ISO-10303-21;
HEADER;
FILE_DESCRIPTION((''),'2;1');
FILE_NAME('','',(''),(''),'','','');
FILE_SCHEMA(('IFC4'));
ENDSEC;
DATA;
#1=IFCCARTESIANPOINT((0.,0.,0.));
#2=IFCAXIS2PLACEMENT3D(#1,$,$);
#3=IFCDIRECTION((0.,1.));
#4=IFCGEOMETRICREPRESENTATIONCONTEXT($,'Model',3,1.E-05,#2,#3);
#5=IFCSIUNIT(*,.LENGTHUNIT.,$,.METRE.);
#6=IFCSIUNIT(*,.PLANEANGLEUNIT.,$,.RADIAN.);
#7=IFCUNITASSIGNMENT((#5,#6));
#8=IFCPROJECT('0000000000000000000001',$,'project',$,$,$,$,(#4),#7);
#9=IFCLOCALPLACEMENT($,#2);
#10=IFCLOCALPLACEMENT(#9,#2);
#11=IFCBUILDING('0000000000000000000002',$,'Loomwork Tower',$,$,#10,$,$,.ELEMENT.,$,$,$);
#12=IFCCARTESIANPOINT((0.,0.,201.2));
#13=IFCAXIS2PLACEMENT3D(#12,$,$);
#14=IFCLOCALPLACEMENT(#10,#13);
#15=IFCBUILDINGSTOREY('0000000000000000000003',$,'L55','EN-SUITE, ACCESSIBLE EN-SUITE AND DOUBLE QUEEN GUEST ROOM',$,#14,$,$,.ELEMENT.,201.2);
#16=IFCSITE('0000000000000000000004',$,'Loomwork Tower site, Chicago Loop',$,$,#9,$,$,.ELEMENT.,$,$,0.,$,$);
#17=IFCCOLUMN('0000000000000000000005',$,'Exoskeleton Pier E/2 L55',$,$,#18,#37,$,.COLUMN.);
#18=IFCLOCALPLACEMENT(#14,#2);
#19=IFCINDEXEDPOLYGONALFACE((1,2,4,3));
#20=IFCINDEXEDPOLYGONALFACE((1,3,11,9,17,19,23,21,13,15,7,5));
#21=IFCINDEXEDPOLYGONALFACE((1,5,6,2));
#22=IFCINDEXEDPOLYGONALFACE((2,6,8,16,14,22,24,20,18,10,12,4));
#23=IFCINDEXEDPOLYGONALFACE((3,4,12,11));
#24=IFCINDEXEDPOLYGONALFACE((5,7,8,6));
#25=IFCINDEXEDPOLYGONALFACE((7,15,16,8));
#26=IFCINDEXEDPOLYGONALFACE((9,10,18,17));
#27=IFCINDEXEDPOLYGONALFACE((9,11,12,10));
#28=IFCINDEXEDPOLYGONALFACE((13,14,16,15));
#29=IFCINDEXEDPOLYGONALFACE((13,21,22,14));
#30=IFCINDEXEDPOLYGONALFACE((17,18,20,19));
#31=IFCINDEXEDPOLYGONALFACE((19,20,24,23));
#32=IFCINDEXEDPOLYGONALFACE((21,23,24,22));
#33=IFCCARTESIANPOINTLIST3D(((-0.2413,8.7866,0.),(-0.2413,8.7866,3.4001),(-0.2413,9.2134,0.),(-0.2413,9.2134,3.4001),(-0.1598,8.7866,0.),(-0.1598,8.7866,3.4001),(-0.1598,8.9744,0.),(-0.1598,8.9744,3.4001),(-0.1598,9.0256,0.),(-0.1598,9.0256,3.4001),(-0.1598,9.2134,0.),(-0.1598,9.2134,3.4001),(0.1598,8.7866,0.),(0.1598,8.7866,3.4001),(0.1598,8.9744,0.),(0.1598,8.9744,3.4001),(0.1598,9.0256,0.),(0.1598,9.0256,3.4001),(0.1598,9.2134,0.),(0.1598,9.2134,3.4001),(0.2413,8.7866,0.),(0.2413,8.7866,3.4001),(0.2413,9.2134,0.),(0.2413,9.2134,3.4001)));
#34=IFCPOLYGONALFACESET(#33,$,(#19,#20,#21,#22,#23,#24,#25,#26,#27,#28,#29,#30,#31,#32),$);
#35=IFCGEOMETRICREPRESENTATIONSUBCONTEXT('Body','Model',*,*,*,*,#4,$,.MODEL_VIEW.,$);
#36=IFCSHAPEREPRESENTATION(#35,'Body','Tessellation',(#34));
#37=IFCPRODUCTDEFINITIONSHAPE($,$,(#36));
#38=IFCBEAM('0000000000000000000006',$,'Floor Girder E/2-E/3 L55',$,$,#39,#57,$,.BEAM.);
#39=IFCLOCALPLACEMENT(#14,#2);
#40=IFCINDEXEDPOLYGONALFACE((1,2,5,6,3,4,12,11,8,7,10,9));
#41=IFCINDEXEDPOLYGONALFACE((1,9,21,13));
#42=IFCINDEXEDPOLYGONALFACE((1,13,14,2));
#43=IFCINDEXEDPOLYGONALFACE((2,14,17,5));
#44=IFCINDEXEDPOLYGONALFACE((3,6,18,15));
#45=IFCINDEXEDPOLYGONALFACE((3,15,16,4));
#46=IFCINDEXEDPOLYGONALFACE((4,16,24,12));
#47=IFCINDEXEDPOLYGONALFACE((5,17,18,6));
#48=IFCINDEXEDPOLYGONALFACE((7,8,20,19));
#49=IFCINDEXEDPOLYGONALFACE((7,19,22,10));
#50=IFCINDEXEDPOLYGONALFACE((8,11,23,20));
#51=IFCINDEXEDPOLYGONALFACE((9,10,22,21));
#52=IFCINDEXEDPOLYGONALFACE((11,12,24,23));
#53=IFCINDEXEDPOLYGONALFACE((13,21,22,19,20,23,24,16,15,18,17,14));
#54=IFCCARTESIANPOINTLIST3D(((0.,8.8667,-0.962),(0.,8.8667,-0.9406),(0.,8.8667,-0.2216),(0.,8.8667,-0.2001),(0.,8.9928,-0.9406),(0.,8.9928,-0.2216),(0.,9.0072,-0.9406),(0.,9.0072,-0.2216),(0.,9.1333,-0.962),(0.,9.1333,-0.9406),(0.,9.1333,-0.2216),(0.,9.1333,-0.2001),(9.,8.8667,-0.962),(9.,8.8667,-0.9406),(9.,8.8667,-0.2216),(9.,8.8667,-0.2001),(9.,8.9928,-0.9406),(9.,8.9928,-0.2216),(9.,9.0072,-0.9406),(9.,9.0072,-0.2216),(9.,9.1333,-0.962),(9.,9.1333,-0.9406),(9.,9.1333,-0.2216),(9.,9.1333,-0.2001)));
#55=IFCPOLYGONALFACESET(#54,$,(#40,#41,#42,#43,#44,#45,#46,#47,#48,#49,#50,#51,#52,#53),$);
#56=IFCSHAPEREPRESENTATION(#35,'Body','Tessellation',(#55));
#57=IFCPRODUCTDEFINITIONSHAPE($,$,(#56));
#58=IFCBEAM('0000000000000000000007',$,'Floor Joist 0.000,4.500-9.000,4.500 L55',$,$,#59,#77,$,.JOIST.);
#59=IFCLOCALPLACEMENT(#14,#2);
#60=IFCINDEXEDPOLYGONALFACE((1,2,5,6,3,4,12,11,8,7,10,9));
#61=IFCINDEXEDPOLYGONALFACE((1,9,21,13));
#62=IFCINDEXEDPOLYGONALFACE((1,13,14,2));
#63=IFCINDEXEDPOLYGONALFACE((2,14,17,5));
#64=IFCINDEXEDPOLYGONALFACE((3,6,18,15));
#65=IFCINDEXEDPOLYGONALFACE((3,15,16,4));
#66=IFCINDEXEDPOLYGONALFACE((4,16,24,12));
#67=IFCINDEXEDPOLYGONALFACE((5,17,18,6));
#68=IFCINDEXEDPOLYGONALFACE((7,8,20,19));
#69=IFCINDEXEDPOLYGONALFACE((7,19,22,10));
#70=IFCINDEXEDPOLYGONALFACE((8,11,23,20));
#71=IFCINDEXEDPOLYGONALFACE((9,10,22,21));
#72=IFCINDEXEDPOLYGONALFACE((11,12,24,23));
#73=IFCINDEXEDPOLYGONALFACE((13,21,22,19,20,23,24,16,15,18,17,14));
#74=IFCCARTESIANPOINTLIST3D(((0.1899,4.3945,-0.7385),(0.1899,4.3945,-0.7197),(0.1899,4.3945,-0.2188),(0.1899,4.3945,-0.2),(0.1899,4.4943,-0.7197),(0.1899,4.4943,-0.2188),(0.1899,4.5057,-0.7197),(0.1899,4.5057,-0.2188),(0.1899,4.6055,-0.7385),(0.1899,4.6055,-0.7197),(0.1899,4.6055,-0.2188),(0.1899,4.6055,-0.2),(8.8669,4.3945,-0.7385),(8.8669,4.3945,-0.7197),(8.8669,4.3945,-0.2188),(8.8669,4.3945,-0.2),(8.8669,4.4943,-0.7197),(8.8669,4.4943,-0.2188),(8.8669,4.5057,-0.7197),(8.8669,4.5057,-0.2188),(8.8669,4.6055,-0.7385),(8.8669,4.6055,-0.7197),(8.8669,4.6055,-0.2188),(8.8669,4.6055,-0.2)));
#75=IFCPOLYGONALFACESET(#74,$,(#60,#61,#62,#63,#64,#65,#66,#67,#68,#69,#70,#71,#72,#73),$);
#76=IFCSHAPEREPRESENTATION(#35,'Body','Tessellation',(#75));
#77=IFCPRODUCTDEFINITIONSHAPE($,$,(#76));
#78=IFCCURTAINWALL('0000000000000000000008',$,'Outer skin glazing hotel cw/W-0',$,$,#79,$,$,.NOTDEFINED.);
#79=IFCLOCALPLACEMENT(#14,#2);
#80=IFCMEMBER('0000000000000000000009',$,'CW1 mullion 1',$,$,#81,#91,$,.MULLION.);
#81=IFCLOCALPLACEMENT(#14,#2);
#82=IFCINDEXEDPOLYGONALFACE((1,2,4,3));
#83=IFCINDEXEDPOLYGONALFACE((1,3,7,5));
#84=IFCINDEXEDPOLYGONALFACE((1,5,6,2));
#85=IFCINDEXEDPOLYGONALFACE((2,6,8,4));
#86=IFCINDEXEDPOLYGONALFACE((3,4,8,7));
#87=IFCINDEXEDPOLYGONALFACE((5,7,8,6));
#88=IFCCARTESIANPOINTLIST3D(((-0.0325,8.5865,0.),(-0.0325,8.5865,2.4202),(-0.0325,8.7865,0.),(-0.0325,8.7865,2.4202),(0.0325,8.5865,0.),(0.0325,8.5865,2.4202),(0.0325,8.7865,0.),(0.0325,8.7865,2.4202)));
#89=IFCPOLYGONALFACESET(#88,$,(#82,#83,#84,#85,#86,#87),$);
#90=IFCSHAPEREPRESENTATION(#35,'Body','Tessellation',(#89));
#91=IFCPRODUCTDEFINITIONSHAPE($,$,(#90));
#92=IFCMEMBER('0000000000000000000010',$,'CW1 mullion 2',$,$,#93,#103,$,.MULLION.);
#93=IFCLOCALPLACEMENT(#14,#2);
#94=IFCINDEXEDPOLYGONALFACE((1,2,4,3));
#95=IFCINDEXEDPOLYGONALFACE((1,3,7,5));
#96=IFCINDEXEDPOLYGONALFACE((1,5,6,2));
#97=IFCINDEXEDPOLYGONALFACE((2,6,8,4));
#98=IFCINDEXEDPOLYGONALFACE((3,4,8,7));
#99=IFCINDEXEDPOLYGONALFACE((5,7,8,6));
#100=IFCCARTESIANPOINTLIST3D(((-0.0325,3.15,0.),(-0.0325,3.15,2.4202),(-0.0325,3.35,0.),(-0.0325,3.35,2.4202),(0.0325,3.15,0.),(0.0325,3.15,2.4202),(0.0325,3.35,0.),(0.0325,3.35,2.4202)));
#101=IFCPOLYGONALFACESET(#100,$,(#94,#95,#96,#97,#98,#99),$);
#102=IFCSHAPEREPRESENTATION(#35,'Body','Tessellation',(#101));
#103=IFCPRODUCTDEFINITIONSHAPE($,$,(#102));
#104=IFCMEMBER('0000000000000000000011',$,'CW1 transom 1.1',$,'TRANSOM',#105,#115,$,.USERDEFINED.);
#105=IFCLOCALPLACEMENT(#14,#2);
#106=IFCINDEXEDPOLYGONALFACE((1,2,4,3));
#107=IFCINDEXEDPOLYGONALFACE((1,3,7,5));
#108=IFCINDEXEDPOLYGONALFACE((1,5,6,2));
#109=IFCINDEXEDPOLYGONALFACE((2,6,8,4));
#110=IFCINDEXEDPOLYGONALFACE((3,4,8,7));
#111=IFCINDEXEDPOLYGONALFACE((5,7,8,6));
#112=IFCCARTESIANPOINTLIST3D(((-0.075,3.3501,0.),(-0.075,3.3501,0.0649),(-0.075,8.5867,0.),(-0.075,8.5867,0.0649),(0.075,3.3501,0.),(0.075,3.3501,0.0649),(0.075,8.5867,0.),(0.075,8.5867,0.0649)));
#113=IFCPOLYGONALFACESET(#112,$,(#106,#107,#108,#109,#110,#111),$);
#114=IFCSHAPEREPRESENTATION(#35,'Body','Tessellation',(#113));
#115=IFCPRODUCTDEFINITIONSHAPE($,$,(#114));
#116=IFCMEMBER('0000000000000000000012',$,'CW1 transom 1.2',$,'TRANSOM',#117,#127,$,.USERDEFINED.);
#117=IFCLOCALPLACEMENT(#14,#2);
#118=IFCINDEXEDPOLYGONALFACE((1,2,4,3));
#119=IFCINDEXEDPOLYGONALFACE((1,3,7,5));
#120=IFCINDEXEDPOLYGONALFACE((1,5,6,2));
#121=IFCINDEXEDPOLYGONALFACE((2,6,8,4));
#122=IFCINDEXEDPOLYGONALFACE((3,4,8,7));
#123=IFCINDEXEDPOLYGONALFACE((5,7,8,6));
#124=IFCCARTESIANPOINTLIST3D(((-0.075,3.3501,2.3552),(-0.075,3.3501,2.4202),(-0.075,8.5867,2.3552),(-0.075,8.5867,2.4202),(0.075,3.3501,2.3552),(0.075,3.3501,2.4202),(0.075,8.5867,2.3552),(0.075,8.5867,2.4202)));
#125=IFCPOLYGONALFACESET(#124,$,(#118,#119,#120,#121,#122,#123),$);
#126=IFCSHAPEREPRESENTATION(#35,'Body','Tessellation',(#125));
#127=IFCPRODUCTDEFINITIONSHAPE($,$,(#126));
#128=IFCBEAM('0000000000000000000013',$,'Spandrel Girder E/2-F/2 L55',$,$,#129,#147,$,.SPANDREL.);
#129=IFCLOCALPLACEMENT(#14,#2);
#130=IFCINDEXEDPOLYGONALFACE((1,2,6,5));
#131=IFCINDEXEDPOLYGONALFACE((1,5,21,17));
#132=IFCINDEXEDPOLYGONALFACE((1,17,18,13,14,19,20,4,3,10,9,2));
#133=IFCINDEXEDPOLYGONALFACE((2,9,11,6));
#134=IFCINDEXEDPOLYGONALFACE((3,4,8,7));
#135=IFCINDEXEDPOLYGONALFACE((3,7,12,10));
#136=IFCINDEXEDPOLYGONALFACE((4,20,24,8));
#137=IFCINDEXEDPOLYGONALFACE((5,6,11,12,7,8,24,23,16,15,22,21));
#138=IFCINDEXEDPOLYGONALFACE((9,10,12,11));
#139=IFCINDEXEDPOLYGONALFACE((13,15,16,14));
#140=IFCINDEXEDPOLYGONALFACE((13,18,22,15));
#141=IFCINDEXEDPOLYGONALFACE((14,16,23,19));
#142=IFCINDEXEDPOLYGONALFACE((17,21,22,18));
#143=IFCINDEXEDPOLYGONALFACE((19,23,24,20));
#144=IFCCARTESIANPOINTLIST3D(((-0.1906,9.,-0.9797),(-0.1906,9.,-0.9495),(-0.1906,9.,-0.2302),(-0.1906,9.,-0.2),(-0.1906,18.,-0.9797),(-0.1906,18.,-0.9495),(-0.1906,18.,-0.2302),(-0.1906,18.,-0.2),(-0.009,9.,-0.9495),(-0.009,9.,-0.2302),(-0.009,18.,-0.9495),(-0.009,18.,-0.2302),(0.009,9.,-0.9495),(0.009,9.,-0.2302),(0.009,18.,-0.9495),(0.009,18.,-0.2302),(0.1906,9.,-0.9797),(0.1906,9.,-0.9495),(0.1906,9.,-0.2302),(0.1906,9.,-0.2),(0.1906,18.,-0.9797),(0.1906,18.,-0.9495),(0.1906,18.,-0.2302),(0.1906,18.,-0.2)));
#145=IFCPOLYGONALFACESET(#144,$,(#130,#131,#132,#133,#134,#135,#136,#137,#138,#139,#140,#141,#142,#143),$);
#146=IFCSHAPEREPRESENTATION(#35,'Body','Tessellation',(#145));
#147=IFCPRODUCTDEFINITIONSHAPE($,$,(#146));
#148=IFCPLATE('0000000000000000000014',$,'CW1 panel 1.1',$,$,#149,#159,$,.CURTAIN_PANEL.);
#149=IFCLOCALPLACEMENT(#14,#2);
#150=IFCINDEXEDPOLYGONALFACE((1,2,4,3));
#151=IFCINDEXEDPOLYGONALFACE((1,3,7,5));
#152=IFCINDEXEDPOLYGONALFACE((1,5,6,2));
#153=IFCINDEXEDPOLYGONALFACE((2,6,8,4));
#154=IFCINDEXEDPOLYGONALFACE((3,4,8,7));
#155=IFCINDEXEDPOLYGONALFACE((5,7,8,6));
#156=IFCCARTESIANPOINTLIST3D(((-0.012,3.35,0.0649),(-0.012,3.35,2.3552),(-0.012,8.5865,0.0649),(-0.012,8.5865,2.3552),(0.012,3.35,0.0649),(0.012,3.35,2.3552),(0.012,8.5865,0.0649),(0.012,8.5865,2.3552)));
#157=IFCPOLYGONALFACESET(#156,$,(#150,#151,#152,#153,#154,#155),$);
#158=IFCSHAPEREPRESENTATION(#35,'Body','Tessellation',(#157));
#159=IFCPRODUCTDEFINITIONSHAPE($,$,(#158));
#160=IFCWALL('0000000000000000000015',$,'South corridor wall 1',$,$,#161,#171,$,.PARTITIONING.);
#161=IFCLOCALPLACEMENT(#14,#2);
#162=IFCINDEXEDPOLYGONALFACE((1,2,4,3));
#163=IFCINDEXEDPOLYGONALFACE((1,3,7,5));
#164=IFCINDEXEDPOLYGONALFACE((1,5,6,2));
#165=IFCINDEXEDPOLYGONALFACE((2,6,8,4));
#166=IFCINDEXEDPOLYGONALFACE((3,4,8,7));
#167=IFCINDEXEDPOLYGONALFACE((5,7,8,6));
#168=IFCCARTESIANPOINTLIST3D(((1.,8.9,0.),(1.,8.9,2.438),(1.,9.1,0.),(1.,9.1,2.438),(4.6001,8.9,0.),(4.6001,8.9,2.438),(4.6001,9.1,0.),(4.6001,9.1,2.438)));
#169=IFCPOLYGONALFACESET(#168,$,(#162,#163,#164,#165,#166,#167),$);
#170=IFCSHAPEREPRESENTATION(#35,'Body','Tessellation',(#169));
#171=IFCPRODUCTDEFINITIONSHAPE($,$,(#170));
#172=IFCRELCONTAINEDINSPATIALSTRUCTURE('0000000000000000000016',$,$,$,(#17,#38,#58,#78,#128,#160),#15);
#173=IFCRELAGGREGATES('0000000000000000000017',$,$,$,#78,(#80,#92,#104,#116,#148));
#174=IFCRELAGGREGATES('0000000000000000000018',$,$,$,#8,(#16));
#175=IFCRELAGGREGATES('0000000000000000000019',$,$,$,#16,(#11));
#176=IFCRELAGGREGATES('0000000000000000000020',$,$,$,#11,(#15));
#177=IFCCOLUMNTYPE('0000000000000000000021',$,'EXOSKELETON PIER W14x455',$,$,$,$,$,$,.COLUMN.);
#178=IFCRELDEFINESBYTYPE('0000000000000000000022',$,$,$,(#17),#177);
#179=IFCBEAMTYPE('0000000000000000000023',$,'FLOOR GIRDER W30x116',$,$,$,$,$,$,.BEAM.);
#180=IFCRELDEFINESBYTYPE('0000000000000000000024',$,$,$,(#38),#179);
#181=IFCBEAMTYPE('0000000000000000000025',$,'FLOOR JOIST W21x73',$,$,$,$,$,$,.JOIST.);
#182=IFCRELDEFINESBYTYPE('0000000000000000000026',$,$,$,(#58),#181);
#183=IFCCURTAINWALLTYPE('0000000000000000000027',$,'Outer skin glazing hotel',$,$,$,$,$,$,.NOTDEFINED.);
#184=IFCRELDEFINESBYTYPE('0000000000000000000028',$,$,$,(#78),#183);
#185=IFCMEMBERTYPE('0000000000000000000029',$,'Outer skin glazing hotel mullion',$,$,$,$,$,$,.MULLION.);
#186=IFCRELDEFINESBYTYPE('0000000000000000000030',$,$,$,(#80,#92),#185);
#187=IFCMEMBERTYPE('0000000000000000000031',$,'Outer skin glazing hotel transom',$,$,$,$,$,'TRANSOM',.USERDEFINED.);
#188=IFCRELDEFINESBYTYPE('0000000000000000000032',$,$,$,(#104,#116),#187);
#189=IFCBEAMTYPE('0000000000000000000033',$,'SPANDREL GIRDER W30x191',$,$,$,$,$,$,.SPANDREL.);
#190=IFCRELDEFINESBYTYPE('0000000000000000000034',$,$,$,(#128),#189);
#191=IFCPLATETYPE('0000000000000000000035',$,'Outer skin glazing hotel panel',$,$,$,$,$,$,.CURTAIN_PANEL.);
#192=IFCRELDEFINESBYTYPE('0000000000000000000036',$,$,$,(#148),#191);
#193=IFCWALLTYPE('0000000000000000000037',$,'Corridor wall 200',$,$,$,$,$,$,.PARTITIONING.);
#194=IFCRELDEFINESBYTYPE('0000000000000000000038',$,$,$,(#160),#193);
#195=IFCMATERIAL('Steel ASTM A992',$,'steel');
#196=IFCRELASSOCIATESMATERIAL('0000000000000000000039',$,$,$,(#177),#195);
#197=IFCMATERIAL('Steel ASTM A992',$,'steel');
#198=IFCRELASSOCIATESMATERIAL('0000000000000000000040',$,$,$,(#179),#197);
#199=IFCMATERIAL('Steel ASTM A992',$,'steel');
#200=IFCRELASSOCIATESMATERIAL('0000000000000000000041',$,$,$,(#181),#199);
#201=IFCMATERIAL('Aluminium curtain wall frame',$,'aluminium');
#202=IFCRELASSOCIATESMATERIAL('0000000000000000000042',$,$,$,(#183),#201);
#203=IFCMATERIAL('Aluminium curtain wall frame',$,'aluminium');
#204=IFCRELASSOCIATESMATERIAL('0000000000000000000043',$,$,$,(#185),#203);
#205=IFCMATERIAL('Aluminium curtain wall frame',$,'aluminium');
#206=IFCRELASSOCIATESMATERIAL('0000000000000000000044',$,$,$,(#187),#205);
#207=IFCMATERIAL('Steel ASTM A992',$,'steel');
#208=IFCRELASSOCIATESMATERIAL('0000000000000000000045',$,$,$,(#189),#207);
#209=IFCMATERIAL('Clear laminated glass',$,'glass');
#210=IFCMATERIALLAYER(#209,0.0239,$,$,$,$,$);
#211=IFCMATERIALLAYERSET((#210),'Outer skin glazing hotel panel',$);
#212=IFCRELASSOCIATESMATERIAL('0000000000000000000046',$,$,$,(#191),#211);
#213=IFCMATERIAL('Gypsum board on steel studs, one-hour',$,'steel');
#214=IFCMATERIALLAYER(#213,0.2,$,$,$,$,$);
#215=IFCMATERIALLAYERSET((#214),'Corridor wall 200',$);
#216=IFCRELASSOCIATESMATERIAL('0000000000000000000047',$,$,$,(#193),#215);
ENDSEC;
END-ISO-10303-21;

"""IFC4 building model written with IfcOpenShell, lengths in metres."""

from ifc_helpers import new_model, si_unit, direction, frame, frame_2d, origin, origin_2d, place, context, subcontext, project, spatial, rectangle, i_section, extrude, material, layer, layer_set, material_profile, profile_set, type_object, element, aggregate, save


model = new_model("IFC4")

# Units and contexts
model_context = context("Model", 3, precision=1e-05, world=origin(), true_north=direction((0.0, 1.0)))
body_context = subcontext(model_context, "Body", "Model", "MODEL_VIEW")
ifc_project = project(units=[si_unit("LENGTHUNIT", "METRE"), si_unit("PLANEANGLEUNIT", "RADIAN")], contexts=[model_context])

# Site, building, storey
site_placement = place(None, origin())
site = spatial("IfcSite", under=ifc_project, at=site_placement, Name="Loomwork Tower site, Chicago Loop", CompositionType="ELEMENT", RefElevation=0.0)
building_placement = place(site_placement, origin())
building = spatial("IfcBuilding", under=site, at=building_placement, Name="Loomwork Tower", CompositionType="ELEMENT")
storey_placement = place(building_placement, frame((0.0, 0.0, 201.2)))
storey = spatial("IfcBuildingStorey", under=building, at=storey_placement, Name="L55", Description="EN-SUITE, ACCESSIBLE EN-SUITE AND DOUBLE QUEEN GUEST ROOM", CompositionType="ELEMENT", Elevation=201.2)

# Column
ifc_material_1 = material(Name="Steel ASTM A992", Category="steel")
ifc_material_profile_1 = material_profile(ifc_material_1, i_section(OverallWidth=0.4268, OverallDepth=0.4827, WebThickness=0.0513, FlangeThickness=0.0815, at=origin_2d()), Name="W14x455")
ifc_profile_set_1 = profile_set([ifc_material_profile_1], Name="Steel ASTM A992")
column_type = type_object("IfcColumnType", Name="EXOSKELETON PIER W14x455", PredefinedType="COLUMN", material=ifc_profile_set_1)
column_placement = place(storey_placement, frame((0.0, 9.0, 0.0), z_axis=(0.0, 0.0, 1.0), x_axis=(0.0, 1.0, 0.0)))
element("IfcColumn", 1, at=column_placement, inside=storey, type_object=column_type, Name="Exoskeleton Pier E/2 L55", PredefinedType="COLUMN", context=body_context, shape_type="SweptSolid", body=[
    extrude(i_section(OverallWidth=0.4268, OverallDepth=0.4827, WebThickness=0.0513, FlangeThickness=0.0815, at=origin_2d()), origin(), (0.0, 0.0, 1.0), 3.4001),
])

# Beams
ifc_material_2 = material(Name="Steel ASTM A992", Category="steel")
ifc_material_profile_2 = material_profile(ifc_material_2, i_section(OverallWidth=0.2666, OverallDepth=0.762, WebThickness=0.0144, FlangeThickness=0.0215, at=origin_2d()), Name="W30x116")
ifc_profile_set_2 = profile_set([ifc_material_profile_2], Name="Steel ASTM A992")
beam_type_1 = type_object("IfcBeamType", Name="FLOOR GIRDER W30x116", PredefinedType="BEAM", material=ifc_profile_set_2)
beam_1_placement = place(storey_placement, frame((0.0, 9.0, -0.5811), z_axis=(1.0, 0.0, 0.0), x_axis=(0.0, 1.0, 0.0)))
element("IfcBeam", 2, at=beam_1_placement, inside=storey, type_object=beam_type_1, Name="Floor Girder E/2-E/3 L55", PredefinedType="BEAM", context=body_context, shape_type="SweptSolid", body=[
    extrude(i_section(OverallWidth=0.2666, OverallDepth=0.762, WebThickness=0.0144, FlangeThickness=0.0215, at=origin_2d()), origin(), (0.0, 0.0, 1.0), 9.0),
])
ifc_material_3 = material(Name="Steel ASTM A992", Category="steel")
ifc_material_profile_3 = material_profile(ifc_material_3, i_section(OverallWidth=0.2109, OverallDepth=0.5386, WebThickness=0.0115, FlangeThickness=0.0188, at=origin_2d()), Name="W21x73")
ifc_profile_set_3 = profile_set([ifc_material_profile_3], Name="Steel ASTM A992")
beam_type_2 = type_object("IfcBeamType", Name="FLOOR JOIST W21x73", PredefinedType="JOIST", material=ifc_profile_set_3)
beam_2_placement = place(storey_placement, frame((0.1899, 4.5, -0.4692), z_axis=(1.0, 0.0, 0.0), x_axis=(0.0, 1.0, 0.0)))
element("IfcBeam", 3, at=beam_2_placement, inside=storey, type_object=beam_type_2, Name="Floor Joist 0.000,4.500-9.000,4.500 L55", PredefinedType="JOIST", context=body_context, shape_type="SweptSolid", body=[
    extrude(i_section(OverallWidth=0.2109, OverallDepth=0.5386, WebThickness=0.0115, FlangeThickness=0.0188, at=origin_2d()), origin(), (0.0, 0.0, 1.0), 8.677),
])

# Curtain wall, members
ifc_material_4 = material(Name="Aluminium curtain wall frame", Category="aluminium")
curtain_wall_type = type_object("IfcCurtainWallType", Name="Outer skin glazing hotel", PredefinedType="NOTDEFINED", material=ifc_material_4)
curtain_wall_placement = place(storey_placement, origin())
curtain_wall = element("IfcCurtainWall", 4, at=curtain_wall_placement, inside=storey, type_object=curtain_wall_type, Name="Outer skin glazing hotel cw/W-0", PredefinedType="NOTDEFINED")
ifc_material_5 = material(Name="Aluminium curtain wall frame", Category="aluminium")
ifc_material_profile_4 = material_profile(ifc_material_5, rectangle(XDim=0.0649, YDim=0.2, at=origin_2d()), Name="AL 65x200")
ifc_profile_set_4 = profile_set([ifc_material_profile_4], Name="Aluminium curtain wall frame")
member_type_1 = type_object("IfcMemberType", Name="Outer skin glazing hotel mullion", PredefinedType="MULLION", material=ifc_profile_set_4)
member_1_placement = place(storey_placement, frame((0.0, 8.6865, 0.0), z_axis=(0.0, 0.0, 1.0), x_axis=(1.0, 0.0, 0.0)))
member_1 = element("IfcMember", 5, at=member_1_placement, type_object=member_type_1, Name="CW1 mullion 1", PredefinedType="MULLION", context=body_context, shape_type="SweptSolid", body=[
    extrude(rectangle(XDim=0.0649, YDim=0.2, at=origin_2d()), origin(), (0.0, 0.0, 1.0), 2.4202),
])
member_2_placement = place(storey_placement, frame((0.0, 3.25, 0.0), z_axis=(0.0, 0.0, 1.0), x_axis=(1.0, 0.0, 0.0)))
member_2 = element("IfcMember", 6, at=member_2_placement, type_object=member_type_1, Name="CW1 mullion 2", PredefinedType="MULLION", context=body_context, shape_type="SweptSolid", body=[
    extrude(rectangle(XDim=0.0649, YDim=0.2, at=origin_2d()), origin(), (0.0, 0.0, 1.0), 2.4202),
])
ifc_material_6 = material(Name="Aluminium curtain wall frame", Category="aluminium")
ifc_material_profile_5 = material_profile(ifc_material_6, rectangle(XDim=0.1499, YDim=0.0649, at=origin_2d()), Name="AL 65x150")
ifc_profile_set_5 = profile_set([ifc_material_profile_5], Name="Aluminium curtain wall frame")
member_type_2 = type_object("IfcMemberType", Name="Outer skin glazing hotel transom", ElementType="TRANSOM", PredefinedType="USERDEFINED", material=ifc_profile_set_5)
member_3_placement = place(storey_placement, frame((0.0, 8.5867, 0.0325), z_axis=(0.0, -1.0, 0.0), x_axis=(1.0, 0.0, 0.0)))
member_3 = element("IfcMember", 7, at=member_3_placement, type_object=member_type_2, Name="CW1 transom 1.1", ObjectType="TRANSOM", PredefinedType="USERDEFINED", context=body_context, shape_type="SweptSolid", body=[
    extrude(rectangle(XDim=0.1499, YDim=0.0649, at=origin_2d()), origin(), (0.0, 0.0, 1.0), 5.2366),
])
member_4_placement = place(storey_placement, frame((0.0, 8.5867, 2.3877), z_axis=(0.0, -1.0, 0.0), x_axis=(1.0, 0.0, 0.0)))
member_4 = element("IfcMember", 8, at=member_4_placement, type_object=member_type_2, Name="CW1 transom 1.2", ObjectType="TRANSOM", PredefinedType="USERDEFINED", context=body_context, shape_type="SweptSolid", body=[
    extrude(rectangle(XDim=0.1499, YDim=0.0649, at=origin_2d()), origin(), (0.0, 0.0, 1.0), 5.2366),
])

# Beam
ifc_material_7 = material(Name="Steel ASTM A992", Category="steel")
ifc_material_profile_6 = material_profile(ifc_material_7, i_section(OverallWidth=0.3811, OverallDepth=0.7798, WebThickness=0.0181, FlangeThickness=0.0303, at=origin_2d()), Name="W30x191")
ifc_profile_set_6 = profile_set([ifc_material_profile_6], Name="Steel ASTM A992")
beam_type_3 = type_object("IfcBeamType", Name="SPANDREL GIRDER W30x191", PredefinedType="SPANDREL", material=ifc_profile_set_6)
beam_3_placement = place(storey_placement, frame((0.0, 9.0, -0.5898), z_axis=(0.0, 1.0, 0.0), x_axis=(-1.0, 0.0, 0.0)))
element("IfcBeam", 9, at=beam_3_placement, inside=storey, type_object=beam_type_3, Name="Spandrel Girder E/2-F/2 L55", PredefinedType="SPANDREL", context=body_context, shape_type="SweptSolid", body=[
    extrude(i_section(OverallWidth=0.3811, OverallDepth=0.7798, WebThickness=0.0181, FlangeThickness=0.0303, at=origin_2d()), origin(), (0.0, 0.0, 1.0), 9.0),
])

# Plate
ifc_material_8 = material(Name="Clear laminated glass", Category="glass")
ifc_layer_1 = layer(ifc_material_8, 0.0239)
ifc_layer_set_1 = layer_set([ifc_layer_1], Name="Outer skin glazing hotel panel")
plate_type = type_object("IfcPlateType", Name="Outer skin glazing hotel panel", PredefinedType="CURTAIN_PANEL", material=ifc_layer_set_1)
plate_placement = place(storey_placement, frame((0.0, 5.9683, 0.0649), z_axis=(0.0, 0.0, 1.0), x_axis=(0.0, -1.0, 0.0)))
plate = element("IfcPlate", 10, at=plate_placement, type_object=plate_type, Name="CW1 panel 1.1", PredefinedType="CURTAIN_PANEL", context=body_context, shape_type="SweptSolid", body=[
    extrude(rectangle(XDim=5.2366, YDim=0.0239, at=origin_2d()), origin(), (0.0, 0.0, 1.0), 2.2903),
])
aggregate(curtain_wall, [member_1, member_2, member_3, member_4, plate])

# Wall
ifc_material_9 = material(Name="Gypsum board on steel studs, one-hour", Category="steel")
ifc_layer_2 = layer(ifc_material_9, 0.2)
ifc_layer_set_2 = layer_set([ifc_layer_2], Name="Corridor wall 200")
wall_type_1 = type_object("IfcWallType", Name="Corridor wall 200", PredefinedType="PARTITIONING", material=ifc_layer_set_2)
wall_1_placement = place(storey_placement, frame((1.0, 9.0, 0.0), z_axis=(0.0, 0.0, 1.0), x_axis=(1.0, 0.0, 0.0)))
element("IfcWall", 11, at=wall_1_placement, inside=storey, type_object=wall_type_1, Name="South corridor wall 1", PredefinedType="PARTITIONING", context=body_context, shape_type="SweptSolid", body=[
    extrude(rectangle(XDim=3.6001, YDim=0.2, at=frame_2d((1.8, 0.0))), origin(), (0.0, 0.0, 1.0), 2.438),
])

save(model, "model.ifc")
